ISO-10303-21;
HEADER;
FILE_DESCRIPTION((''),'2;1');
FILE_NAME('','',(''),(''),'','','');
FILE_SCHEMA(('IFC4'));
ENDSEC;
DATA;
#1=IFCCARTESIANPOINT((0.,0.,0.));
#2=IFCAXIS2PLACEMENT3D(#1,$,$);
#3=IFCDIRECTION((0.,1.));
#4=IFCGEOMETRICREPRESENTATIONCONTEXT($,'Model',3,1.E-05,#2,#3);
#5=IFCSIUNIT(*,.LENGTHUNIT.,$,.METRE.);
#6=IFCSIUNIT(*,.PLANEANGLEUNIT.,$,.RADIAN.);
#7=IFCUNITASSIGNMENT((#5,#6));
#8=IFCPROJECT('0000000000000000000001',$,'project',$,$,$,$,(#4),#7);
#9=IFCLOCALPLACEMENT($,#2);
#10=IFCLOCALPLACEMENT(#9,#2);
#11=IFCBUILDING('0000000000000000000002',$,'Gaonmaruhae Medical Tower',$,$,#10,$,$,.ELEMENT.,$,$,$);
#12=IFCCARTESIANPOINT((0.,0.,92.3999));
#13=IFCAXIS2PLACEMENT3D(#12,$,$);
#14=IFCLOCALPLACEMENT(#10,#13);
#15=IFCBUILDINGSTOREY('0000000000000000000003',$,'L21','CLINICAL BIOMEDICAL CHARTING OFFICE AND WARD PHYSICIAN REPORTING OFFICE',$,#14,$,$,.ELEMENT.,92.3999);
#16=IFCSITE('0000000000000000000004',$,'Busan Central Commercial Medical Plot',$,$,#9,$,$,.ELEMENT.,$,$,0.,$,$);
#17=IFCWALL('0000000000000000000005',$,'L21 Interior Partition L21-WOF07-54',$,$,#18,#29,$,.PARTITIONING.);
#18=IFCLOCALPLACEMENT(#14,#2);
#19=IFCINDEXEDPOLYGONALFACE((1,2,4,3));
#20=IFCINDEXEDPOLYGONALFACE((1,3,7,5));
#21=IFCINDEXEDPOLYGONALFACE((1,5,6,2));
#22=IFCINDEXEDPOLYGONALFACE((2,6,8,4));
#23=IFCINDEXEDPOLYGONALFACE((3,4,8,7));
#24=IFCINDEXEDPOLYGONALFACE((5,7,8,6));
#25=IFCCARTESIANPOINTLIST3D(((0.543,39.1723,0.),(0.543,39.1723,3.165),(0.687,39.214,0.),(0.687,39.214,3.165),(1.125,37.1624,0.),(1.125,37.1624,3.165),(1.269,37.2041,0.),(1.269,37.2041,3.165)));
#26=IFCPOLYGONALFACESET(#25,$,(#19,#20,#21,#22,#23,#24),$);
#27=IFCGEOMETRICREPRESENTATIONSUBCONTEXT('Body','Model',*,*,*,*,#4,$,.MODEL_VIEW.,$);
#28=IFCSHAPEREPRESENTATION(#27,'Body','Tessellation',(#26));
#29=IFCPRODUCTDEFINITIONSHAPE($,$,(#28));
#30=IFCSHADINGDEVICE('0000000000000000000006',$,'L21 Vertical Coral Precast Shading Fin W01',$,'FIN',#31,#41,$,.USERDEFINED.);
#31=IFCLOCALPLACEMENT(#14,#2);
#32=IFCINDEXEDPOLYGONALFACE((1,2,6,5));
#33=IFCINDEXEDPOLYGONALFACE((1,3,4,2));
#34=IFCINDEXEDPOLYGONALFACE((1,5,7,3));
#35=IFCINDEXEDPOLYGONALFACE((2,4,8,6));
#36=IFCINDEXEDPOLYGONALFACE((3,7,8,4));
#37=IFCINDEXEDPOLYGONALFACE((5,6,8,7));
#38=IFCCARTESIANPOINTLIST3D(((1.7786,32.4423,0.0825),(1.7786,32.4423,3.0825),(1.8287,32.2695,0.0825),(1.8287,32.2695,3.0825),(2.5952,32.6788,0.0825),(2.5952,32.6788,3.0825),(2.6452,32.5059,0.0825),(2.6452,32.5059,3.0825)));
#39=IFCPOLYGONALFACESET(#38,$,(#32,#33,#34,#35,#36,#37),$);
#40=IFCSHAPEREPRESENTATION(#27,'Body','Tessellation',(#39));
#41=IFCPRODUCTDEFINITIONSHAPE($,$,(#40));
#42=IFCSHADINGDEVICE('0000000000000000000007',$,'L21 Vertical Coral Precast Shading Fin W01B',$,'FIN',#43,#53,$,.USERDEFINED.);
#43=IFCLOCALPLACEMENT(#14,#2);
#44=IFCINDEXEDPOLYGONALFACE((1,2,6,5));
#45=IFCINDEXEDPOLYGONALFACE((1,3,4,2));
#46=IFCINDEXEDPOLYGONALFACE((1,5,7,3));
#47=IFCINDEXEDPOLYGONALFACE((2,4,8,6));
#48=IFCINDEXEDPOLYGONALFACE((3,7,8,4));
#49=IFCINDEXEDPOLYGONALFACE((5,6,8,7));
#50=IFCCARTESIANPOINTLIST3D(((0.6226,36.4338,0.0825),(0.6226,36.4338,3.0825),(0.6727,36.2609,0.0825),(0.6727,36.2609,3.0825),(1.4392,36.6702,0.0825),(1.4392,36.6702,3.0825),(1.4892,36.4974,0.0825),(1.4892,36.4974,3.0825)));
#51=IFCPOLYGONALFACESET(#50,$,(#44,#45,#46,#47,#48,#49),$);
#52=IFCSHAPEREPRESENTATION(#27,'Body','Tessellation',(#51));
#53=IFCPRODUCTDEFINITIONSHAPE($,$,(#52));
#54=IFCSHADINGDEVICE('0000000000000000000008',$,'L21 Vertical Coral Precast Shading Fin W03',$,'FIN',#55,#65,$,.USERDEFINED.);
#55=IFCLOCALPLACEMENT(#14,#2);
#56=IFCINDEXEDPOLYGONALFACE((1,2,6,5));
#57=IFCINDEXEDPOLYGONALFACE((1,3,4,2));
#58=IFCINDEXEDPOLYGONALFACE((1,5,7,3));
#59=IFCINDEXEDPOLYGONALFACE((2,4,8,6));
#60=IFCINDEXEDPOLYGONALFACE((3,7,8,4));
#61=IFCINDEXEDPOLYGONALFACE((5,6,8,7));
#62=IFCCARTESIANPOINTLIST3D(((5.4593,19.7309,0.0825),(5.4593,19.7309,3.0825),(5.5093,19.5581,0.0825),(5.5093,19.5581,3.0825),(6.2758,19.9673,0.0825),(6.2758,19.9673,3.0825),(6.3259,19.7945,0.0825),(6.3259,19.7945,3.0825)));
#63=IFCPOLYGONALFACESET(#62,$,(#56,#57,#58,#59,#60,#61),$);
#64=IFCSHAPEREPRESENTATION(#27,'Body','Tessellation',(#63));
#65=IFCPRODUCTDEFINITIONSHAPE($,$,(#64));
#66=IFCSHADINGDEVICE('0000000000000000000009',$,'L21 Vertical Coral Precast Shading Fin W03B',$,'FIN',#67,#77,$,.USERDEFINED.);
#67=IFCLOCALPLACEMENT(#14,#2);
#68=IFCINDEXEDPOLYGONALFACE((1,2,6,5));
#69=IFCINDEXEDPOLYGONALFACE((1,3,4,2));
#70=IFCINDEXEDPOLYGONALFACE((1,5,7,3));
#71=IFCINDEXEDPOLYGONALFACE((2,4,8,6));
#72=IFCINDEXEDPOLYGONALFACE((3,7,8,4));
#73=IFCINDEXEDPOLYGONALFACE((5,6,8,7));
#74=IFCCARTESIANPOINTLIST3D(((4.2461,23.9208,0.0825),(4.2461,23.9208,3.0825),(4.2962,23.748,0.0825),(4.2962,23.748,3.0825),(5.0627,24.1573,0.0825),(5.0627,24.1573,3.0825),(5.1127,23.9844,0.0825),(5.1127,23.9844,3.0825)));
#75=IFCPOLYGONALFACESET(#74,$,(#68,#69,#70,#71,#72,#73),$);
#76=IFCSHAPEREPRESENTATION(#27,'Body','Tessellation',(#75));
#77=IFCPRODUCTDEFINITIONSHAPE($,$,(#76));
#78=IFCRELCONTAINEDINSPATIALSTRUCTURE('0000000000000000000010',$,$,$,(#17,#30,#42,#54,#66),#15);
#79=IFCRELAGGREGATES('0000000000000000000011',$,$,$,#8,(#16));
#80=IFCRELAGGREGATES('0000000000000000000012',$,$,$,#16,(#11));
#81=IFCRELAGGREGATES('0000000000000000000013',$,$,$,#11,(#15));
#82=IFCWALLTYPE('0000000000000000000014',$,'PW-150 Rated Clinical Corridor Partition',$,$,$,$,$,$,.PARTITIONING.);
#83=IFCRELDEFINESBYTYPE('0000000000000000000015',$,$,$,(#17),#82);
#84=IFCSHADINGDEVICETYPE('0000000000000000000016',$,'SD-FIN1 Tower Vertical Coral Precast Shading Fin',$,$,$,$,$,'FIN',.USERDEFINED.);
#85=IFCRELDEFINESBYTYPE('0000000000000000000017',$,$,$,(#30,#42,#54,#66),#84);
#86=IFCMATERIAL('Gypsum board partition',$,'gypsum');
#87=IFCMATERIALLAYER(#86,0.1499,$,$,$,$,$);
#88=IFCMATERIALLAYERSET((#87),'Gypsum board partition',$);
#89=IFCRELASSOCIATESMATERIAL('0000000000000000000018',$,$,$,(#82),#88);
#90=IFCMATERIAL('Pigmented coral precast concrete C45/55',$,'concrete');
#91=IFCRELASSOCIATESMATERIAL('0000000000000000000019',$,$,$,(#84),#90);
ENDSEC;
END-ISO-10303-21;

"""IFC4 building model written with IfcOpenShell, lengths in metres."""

from ifc_helpers import new_model, si_unit, direction, frame, frame_2d, origin, origin_2d, place, context, subcontext, project, spatial, rectangle, extrude, material, layer, layer_set, type_object, element, save


model = new_model("IFC4")

# Units and contexts
model_context = context("Model", 3, precision=1e-05, world=origin(), true_north=direction((0.0, 1.0)))
body_context = subcontext(model_context, "Body", "Model", "MODEL_VIEW")
ifc_project = project(units=[si_unit("LENGTHUNIT", "METRE"), si_unit("PLANEANGLEUNIT", "RADIAN")], contexts=[model_context])

# Site, building, storey
site_placement = place(None, origin())
site = spatial("IfcSite", under=ifc_project, at=site_placement, Name="Busan Central Commercial Medical Plot", CompositionType="ELEMENT", RefElevation=0.0)
building_placement = place(site_placement, origin())
building = spatial("IfcBuilding", under=site, at=building_placement, Name="Gaonmaruhae Medical Tower", CompositionType="ELEMENT")
storey_placement = place(building_placement, frame((0.0, 0.0, 92.3999)))
storey = spatial("IfcBuildingStorey", under=building, at=storey_placement, Name="L21", Description="CLINICAL BIOMEDICAL CHARTING OFFICE AND WARD PHYSICIAN REPORTING OFFICE", CompositionType="ELEMENT", Elevation=92.3999)

# Wall
ifc_material_1 = material(Name="Gypsum board partition", Category="gypsum")
ifc_layer_1 = layer(ifc_material_1, 0.1499)
ifc_layer_set_1 = layer_set([ifc_layer_1], Name="Gypsum board partition")
wall_type_1 = type_object("IfcWallType", Name="PW-150 Rated Clinical Corridor Partition", PredefinedType="PARTITIONING", material=ifc_layer_set_1)
wall_1_placement = place(storey_placement, frame((1.197, 37.1831, 0.0), z_axis=(0.0, 0.0, 1.0), x_axis=(-0.27814, 0.96054, 0.0)))
element("IfcWall", 1, at=wall_1_placement, inside=storey, type_object=wall_type_1, Name="L21 Interior Partition L21-WOF07-54", PredefinedType="PARTITIONING", context=body_context, shape_type="SweptSolid", body=[
    extrude(rectangle(XDim=2.0925, YDim=0.1499, at=frame_2d((1.0464, 0.0))), origin(), (0.0, 0.0, 1.0), 3.165),
])

# Shading devices
ifc_material_2 = material(Name="Pigmented coral precast concrete C45/55", Category="concrete")
shading_device_type = type_object("IfcShadingDeviceType", Name="SD-FIN1 Tower Vertical Coral Precast Shading Fin", ElementType="FIN", PredefinedType="USERDEFINED", material=ifc_material_2)
for number, where, z_axis, x_axis, name in (
    (2, (2.2119, 32.4741, 0.0825), (0.0, 0.0, 1.0), (-0.278153, 0.960537, 0.0), "L21 Vertical Coral Precast Shading Fin W01"),
    (3, (1.0559, 36.4656, 0.0825), (0.0, 0.0, 1.0), (-0.278153, 0.960537, 0.0), "L21 Vertical Coral Precast Shading Fin W01B"),
    (4, (5.8926, 19.7627, 0.0825), (0.0, 0.0, 1.0), (-0.278153, 0.960537, 0.0), "L21 Vertical Coral Precast Shading Fin W03"),
    (5, (4.6794, 23.9526, 0.0825), (0.0, 0.0, 1.0), (-0.278153, 0.960537, 0.0), "L21 Vertical Coral Precast Shading Fin W03B"),
):
    element("IfcShadingDevice", number, at=place(storey_placement, frame(where, z_axis=z_axis, x_axis=x_axis)), inside=storey, type_object=shading_device_type, Name=name, ObjectType="FIN", PredefinedType="USERDEFINED", context=body_context, shape_type="SweptSolid", body=[
        extrude(rectangle(XDim=0.1799, YDim=0.8501, at=origin_2d()), origin(), (0.0, 0.0, 1.0), 3.0),
    ])

save(model, "model.ifc")
